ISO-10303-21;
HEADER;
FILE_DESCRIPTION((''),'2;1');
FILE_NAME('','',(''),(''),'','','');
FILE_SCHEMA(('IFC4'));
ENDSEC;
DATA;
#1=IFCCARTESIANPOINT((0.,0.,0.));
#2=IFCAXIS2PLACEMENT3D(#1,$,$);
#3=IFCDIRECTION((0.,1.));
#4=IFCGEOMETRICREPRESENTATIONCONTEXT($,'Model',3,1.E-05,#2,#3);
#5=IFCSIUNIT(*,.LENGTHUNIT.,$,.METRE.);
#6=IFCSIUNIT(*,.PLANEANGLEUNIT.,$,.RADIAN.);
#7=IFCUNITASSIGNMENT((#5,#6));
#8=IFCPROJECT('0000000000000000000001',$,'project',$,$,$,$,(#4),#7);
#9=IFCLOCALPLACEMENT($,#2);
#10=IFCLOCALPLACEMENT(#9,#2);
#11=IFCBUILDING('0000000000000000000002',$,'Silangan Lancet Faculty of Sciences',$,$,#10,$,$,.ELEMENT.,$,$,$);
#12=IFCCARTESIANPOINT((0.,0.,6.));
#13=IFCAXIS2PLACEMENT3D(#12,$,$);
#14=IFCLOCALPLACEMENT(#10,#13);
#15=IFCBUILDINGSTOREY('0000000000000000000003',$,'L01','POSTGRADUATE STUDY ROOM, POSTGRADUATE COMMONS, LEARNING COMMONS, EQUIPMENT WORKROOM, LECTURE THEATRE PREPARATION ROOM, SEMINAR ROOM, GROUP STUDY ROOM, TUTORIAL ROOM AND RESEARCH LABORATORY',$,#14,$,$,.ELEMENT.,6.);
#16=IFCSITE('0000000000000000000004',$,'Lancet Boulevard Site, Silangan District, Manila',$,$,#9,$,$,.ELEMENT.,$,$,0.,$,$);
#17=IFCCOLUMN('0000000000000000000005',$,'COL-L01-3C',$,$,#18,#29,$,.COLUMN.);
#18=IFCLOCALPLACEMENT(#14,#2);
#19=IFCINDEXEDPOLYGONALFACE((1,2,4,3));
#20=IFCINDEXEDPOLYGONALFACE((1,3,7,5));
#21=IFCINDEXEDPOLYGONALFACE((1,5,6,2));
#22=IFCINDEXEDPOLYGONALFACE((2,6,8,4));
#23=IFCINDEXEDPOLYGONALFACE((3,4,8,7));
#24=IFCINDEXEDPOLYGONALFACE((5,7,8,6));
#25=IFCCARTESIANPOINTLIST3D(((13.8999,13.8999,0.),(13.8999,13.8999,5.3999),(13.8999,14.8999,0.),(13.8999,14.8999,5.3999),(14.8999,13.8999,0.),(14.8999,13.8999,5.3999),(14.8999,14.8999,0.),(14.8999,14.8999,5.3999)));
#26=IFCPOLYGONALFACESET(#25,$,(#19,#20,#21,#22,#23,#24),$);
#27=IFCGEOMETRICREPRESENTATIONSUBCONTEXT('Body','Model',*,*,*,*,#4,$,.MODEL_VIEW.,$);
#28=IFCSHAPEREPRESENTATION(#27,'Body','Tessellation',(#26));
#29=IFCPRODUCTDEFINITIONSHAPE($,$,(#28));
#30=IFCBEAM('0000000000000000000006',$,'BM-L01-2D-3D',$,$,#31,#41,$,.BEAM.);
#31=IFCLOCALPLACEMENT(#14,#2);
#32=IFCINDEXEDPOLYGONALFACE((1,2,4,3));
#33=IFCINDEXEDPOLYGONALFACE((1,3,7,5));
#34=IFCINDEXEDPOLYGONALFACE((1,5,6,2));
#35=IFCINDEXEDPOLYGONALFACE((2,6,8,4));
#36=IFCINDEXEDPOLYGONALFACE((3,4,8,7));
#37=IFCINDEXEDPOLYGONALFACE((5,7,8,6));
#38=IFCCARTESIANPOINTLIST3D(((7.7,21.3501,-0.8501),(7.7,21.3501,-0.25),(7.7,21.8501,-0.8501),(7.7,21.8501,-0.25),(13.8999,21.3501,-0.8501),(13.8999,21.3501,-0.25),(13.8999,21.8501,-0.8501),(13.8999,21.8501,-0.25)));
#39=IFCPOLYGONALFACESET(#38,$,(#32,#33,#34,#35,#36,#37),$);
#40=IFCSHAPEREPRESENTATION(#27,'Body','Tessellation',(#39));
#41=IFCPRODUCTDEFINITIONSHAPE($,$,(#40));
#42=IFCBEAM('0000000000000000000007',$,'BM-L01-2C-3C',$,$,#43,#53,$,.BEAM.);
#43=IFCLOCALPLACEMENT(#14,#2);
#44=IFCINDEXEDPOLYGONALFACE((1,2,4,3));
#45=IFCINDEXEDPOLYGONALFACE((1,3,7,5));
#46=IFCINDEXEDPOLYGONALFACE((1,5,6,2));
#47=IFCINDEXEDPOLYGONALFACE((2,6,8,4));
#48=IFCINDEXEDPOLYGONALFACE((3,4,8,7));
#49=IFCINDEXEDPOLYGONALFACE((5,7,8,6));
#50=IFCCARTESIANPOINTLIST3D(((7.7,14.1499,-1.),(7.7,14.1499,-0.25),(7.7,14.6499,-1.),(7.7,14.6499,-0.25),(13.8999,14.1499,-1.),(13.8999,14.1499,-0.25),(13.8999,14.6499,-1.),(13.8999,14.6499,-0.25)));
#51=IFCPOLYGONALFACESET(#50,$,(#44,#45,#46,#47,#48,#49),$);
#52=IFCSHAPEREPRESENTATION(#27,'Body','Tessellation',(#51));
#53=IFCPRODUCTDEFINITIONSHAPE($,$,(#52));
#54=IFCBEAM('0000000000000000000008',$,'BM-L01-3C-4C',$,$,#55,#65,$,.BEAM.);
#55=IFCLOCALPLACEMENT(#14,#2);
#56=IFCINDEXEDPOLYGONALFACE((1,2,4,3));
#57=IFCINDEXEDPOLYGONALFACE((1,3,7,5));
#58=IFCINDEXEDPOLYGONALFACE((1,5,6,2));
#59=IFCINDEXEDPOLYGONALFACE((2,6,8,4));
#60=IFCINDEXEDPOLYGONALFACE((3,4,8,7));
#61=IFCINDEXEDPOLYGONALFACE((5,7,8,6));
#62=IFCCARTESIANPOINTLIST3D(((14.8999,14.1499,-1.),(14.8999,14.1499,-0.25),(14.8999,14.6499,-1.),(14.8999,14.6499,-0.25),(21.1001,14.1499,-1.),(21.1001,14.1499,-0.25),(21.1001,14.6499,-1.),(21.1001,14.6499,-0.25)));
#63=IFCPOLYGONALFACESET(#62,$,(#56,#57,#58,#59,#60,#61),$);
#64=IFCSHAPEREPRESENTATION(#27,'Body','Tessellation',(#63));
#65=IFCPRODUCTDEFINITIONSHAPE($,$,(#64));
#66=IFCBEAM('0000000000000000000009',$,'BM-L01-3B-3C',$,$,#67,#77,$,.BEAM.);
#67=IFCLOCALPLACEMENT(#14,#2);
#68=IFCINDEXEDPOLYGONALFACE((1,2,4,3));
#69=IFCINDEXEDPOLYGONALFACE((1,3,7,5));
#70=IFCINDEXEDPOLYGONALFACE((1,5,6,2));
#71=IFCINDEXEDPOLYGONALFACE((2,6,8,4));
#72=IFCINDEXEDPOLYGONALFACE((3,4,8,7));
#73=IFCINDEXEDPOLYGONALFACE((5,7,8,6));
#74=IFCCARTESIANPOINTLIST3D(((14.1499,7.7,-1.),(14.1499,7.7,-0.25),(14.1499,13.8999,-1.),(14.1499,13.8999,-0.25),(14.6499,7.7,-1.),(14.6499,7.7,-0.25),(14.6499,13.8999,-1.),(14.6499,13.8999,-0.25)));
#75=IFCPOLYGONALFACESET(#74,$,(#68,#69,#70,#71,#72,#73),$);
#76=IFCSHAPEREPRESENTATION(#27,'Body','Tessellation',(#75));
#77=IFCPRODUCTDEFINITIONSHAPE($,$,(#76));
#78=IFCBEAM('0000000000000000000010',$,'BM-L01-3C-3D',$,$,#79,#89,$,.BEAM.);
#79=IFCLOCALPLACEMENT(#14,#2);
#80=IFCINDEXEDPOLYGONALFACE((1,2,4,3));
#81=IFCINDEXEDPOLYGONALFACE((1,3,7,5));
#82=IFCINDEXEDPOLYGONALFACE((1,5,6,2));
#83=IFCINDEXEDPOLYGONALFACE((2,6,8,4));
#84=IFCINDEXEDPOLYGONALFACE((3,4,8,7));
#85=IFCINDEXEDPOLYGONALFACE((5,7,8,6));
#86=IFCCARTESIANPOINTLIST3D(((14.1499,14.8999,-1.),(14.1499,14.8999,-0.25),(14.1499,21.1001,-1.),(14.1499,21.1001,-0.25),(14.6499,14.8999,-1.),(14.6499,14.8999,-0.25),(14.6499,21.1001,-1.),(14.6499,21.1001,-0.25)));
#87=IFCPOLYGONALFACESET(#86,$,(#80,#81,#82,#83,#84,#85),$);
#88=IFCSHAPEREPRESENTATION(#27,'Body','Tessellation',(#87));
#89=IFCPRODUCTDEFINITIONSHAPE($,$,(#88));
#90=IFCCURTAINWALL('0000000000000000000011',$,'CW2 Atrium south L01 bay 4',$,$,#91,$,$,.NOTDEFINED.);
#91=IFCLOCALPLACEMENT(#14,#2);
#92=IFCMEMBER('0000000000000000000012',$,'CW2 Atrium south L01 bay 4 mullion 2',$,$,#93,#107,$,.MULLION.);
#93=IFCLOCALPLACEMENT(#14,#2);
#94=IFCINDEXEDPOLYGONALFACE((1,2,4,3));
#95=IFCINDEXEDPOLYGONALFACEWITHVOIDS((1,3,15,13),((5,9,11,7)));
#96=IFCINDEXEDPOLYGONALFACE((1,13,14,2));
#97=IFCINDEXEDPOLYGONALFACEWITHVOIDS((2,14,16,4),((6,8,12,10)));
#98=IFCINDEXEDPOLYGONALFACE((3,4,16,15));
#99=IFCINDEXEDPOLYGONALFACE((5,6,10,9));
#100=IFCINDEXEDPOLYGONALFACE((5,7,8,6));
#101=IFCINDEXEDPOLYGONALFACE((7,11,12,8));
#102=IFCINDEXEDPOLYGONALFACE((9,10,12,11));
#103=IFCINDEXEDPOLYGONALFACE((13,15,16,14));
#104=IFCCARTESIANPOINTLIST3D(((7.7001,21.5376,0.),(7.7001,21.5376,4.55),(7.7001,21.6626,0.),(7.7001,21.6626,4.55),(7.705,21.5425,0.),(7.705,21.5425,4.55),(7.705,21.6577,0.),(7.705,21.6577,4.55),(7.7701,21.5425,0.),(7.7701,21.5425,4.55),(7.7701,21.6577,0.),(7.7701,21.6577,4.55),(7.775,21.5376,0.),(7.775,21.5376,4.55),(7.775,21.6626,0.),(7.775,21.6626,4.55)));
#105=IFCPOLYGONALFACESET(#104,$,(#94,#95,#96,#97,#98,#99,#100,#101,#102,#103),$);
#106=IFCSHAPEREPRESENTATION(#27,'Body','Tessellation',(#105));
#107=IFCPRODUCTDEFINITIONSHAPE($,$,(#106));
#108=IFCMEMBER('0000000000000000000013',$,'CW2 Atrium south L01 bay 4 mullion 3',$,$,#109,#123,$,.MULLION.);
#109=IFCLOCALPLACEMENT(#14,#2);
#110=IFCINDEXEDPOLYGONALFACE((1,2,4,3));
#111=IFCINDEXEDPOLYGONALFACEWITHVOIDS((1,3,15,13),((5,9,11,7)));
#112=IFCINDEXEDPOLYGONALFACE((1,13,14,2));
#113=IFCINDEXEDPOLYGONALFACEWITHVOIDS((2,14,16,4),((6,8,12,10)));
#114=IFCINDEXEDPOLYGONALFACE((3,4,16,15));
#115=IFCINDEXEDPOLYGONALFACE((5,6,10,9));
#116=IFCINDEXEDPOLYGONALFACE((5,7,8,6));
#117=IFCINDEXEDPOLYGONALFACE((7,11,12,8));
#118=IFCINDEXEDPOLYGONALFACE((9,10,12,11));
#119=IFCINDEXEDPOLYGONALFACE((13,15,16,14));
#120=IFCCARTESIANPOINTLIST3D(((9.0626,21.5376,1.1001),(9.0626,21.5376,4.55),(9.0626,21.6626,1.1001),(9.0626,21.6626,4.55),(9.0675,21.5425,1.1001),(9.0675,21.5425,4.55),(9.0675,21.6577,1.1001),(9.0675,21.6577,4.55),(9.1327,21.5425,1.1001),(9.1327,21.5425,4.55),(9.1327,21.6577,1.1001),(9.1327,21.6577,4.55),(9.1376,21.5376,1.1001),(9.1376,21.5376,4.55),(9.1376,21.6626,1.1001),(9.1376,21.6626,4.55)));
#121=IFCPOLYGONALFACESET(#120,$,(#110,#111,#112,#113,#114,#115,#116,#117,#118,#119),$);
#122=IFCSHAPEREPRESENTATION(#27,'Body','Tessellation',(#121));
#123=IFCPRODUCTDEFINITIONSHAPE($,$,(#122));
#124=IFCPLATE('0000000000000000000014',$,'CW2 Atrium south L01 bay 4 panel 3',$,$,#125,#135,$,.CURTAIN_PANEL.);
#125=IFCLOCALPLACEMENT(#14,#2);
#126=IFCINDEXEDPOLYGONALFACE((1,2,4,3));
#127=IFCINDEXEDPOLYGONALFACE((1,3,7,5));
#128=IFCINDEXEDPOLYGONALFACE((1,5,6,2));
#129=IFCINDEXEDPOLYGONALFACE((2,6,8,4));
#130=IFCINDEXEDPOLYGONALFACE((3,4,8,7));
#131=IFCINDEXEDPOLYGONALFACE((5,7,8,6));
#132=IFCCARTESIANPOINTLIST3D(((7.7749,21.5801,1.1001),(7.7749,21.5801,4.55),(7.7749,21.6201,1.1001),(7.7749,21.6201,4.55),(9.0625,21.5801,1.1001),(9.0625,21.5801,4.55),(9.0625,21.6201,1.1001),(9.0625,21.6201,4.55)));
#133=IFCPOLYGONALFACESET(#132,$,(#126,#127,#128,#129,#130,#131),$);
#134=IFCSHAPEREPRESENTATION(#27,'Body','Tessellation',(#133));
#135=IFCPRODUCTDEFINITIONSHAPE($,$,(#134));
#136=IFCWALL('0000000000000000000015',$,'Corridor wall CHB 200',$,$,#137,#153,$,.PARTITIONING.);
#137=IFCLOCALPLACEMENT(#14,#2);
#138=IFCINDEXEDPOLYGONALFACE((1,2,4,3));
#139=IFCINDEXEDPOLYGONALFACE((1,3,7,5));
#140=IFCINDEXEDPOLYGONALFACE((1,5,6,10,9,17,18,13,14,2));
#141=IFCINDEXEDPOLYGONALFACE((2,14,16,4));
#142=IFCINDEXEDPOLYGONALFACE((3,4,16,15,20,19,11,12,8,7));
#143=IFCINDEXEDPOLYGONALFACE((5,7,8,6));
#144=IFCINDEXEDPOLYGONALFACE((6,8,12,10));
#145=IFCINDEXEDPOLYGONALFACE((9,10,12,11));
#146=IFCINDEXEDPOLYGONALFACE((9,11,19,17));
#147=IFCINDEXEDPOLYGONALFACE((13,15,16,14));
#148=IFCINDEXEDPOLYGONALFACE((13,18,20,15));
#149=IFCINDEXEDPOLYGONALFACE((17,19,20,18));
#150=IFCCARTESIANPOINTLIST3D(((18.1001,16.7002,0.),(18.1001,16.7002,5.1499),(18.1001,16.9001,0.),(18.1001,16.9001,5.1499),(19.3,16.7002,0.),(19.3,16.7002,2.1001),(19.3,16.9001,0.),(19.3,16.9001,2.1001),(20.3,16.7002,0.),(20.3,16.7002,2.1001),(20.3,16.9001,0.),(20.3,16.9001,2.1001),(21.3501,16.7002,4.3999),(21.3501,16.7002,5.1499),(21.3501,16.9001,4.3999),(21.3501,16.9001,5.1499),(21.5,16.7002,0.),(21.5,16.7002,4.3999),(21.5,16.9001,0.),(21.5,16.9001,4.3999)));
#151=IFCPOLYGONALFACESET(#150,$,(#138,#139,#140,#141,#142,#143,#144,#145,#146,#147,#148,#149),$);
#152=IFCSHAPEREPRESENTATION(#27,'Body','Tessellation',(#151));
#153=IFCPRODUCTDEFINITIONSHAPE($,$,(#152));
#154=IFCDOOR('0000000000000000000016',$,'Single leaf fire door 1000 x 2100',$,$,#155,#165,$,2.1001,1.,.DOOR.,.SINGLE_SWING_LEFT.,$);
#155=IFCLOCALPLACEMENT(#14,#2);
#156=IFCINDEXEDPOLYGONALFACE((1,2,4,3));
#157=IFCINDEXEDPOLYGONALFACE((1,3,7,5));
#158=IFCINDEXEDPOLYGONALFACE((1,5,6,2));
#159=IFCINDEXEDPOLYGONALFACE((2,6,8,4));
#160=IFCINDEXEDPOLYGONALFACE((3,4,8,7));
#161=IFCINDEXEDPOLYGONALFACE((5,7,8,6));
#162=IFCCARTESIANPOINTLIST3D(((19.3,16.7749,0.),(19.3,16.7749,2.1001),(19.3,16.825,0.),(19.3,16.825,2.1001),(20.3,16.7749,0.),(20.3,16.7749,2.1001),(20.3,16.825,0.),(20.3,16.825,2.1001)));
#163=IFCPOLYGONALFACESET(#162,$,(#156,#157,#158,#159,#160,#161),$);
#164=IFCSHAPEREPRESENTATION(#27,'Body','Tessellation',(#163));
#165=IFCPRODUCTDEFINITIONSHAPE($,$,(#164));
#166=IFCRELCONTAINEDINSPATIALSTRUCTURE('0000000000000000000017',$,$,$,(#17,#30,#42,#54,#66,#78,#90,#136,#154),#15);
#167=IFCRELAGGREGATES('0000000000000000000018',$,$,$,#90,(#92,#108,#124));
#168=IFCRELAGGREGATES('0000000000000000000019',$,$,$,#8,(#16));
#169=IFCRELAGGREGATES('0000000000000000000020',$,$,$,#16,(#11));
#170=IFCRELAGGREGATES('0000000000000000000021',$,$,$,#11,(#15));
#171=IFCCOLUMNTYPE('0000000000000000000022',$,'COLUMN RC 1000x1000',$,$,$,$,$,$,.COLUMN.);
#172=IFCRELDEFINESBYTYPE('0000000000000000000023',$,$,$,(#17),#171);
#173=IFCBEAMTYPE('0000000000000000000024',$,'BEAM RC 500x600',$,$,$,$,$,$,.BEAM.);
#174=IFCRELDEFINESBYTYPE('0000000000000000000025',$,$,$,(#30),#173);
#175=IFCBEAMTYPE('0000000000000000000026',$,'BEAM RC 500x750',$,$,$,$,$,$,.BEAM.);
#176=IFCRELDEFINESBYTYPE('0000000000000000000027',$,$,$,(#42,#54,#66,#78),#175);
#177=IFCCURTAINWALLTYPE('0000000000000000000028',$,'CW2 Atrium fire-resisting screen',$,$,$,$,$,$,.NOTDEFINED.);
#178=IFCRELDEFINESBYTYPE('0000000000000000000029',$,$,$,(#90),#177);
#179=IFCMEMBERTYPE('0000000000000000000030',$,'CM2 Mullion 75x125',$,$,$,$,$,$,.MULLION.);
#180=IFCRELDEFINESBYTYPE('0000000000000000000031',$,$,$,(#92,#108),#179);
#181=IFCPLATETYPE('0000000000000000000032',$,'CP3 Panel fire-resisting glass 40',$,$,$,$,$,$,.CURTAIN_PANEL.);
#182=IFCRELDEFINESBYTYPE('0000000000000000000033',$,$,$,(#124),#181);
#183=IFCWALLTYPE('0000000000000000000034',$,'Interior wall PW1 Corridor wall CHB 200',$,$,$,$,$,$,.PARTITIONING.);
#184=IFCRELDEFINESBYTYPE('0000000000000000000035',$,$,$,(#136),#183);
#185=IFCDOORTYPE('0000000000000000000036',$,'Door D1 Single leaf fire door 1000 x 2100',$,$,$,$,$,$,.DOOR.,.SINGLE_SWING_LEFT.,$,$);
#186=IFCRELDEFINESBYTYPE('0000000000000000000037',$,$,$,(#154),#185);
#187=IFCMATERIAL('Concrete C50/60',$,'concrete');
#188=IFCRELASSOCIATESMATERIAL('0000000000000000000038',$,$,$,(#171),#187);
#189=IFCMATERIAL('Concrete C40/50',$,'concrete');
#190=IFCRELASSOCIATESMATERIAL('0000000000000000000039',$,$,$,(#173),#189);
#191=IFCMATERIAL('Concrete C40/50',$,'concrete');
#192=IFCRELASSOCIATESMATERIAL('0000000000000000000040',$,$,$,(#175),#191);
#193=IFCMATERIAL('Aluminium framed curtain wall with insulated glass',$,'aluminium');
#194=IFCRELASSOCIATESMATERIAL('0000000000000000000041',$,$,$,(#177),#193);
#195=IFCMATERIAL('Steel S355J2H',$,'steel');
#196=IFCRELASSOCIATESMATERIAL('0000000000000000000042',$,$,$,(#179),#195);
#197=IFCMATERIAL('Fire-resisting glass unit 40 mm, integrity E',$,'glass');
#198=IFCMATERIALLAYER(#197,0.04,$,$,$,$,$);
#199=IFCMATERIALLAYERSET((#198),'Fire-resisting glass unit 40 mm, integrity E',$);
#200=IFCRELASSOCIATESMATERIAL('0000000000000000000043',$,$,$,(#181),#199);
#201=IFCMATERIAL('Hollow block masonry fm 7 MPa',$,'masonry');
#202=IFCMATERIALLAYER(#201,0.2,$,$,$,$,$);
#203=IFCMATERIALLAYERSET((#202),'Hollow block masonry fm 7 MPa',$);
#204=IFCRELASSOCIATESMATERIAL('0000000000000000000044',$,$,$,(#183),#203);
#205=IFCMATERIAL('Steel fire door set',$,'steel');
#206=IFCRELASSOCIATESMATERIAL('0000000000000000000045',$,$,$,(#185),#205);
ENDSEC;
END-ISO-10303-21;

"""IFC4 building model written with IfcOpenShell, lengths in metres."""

from ifc_helpers import new_model, si_unit, direction, frame, frame_2d, origin, origin_2d, place, context, subcontext, project, spatial, polyline, rectangle, hollow_rectangle, outline, extrude, material, layer, layer_set, material_profile, profile_set, type_object, element, fill, aggregate, save


model = new_model("IFC4")

# Units and contexts
model_context = context("Model", 3, precision=1e-05, world=origin(), true_north=direction((0.0, 1.0)))
body_context = subcontext(model_context, "Body", "Model", "MODEL_VIEW")
ifc_project = project(units=[si_unit("LENGTHUNIT", "METRE"), si_unit("PLANEANGLEUNIT", "RADIAN")], contexts=[model_context])

# Site, building, storey
site_placement = place(None, origin())
site = spatial("IfcSite", under=ifc_project, at=site_placement, Name="Lancet Boulevard Site, Silangan District, Manila", CompositionType="ELEMENT", RefElevation=0.0)
building_placement = place(site_placement, origin())
building = spatial("IfcBuilding", under=site, at=building_placement, Name="Silangan Lancet Faculty of Sciences", CompositionType="ELEMENT")
storey_placement = place(building_placement, frame((0.0, 0.0, 6.0)))
storey = spatial("IfcBuildingStorey", under=building, at=storey_placement, Name="L01", Description="POSTGRADUATE STUDY ROOM, POSTGRADUATE COMMONS, LEARNING COMMONS, EQUIPMENT WORKROOM, LECTURE THEATRE PREPARATION ROOM, SEMINAR ROOM, GROUP STUDY ROOM, TUTORIAL ROOM AND RESEARCH LABORATORY", CompositionType="ELEMENT", Elevation=6.0)

# Column
ifc_material_1 = material(Name="Concrete C50/60", Category="concrete")
ifc_material_profile_1 = material_profile(ifc_material_1, rectangle(XDim=1.0, YDim=1.0, at=origin_2d()), Name="RC 1000x1000")
ifc_profile_set_1 = profile_set([ifc_material_profile_1], Name="Concrete C50/60")
column_type = type_object("IfcColumnType", Name="COLUMN RC 1000x1000", PredefinedType="COLUMN", material=ifc_profile_set_1)
column_placement = place(storey_placement, frame((14.3999, 14.3999, 0.0), z_axis=(0.0, 0.0, 1.0), x_axis=(1.0, 0.0, 0.0)))
element("IfcColumn", 1, at=column_placement, inside=storey, type_object=column_type, Name="COL-L01-3C", PredefinedType="COLUMN", context=body_context, shape_type="SweptSolid", body=[
    extrude(rectangle(XDim=1.0, YDim=1.0, at=origin_2d()), origin(), (0.0, 0.0, 1.0), 5.3999),
])

# Beams
ifc_material_2 = material(Name="Concrete C40/50", Category="concrete")
ifc_material_profile_2 = material_profile(ifc_material_2, rectangle(XDim=0.5, YDim=0.6001, at=origin_2d()), Name="RC 500x600")
ifc_profile_set_2 = profile_set([ifc_material_profile_2], Name="Concrete C40/50")
beam_type_1 = type_object("IfcBeamType", Name="BEAM RC 500x600", PredefinedType="BEAM", material=ifc_profile_set_2)
beam_1_placement = place(storey_placement, frame((7.7, 21.6001, -0.55), z_axis=(1.0, 0.0, 0.0), x_axis=(0.0, 1.0, 0.0)))
element("IfcBeam", 2, at=beam_1_placement, inside=storey, type_object=beam_type_1, Name="BM-L01-2D-3D", PredefinedType="BEAM", context=body_context, shape_type="SweptSolid", body=[
    extrude(rectangle(XDim=0.5, YDim=0.6001, at=origin_2d()), origin(), (0.0, 0.0, 1.0), 6.2),
])
ifc_material_3 = material(Name="Concrete C40/50", Category="concrete")
ifc_material_profile_3 = material_profile(ifc_material_3, rectangle(XDim=0.5, YDim=0.75, at=origin_2d()), Name="RC 500x750")
ifc_profile_set_3 = profile_set([ifc_material_profile_3], Name="Concrete C40/50")
beam_type_2 = type_object("IfcBeamType", Name="BEAM RC 500x750", PredefinedType="BEAM", material=ifc_profile_set_3)
beam_2_placement = place(storey_placement, frame((7.7, 14.3999, -0.625), z_axis=(1.0, 0.0, 0.0), x_axis=(0.0, 1.0, 0.0)))
element("IfcBeam", 3, at=beam_2_placement, inside=storey, type_object=beam_type_2, Name="BM-L01-2C-3C", PredefinedType="BEAM", context=body_context, shape_type="SweptSolid", body=[
    extrude(rectangle(XDim=0.5, YDim=0.75, at=origin_2d()), origin(), (0.0, 0.0, 1.0), 6.2),
])
beam_3_placement = place(storey_placement, frame((14.8999, 14.3999, -0.625), z_axis=(1.0, 0.0, 0.0), x_axis=(0.0, 1.0, 0.0)))
element("IfcBeam", 4, at=beam_3_placement, inside=storey, type_object=beam_type_2, Name="BM-L01-3C-4C", PredefinedType="BEAM", context=body_context, shape_type="SweptSolid", body=[
    extrude(rectangle(XDim=0.5, YDim=0.75, at=origin_2d()), origin(), (0.0, 0.0, 1.0), 6.2002),
])
beam_4_placement = place(storey_placement, frame((14.3999, 7.7, -0.625), z_axis=(0.0, 1.0, 0.0), x_axis=(-1.0, 0.0, 0.0)))
element("IfcBeam", 5, at=beam_4_placement, inside=storey, type_object=beam_type_2, Name="BM-L01-3B-3C", PredefinedType="BEAM", context=body_context, shape_type="SweptSolid", body=[
    extrude(rectangle(XDim=0.5, YDim=0.75, at=origin_2d()), origin(), (0.0, 0.0, 1.0), 6.2),
])
beam_5_placement = place(storey_placement, frame((14.3999, 14.8999, -0.625), z_axis=(0.0, 1.0, 0.0), x_axis=(-1.0, 0.0, 0.0)))
element("IfcBeam", 6, at=beam_5_placement, inside=storey, type_object=beam_type_2, Name="BM-L01-3C-3D", PredefinedType="BEAM", context=body_context, shape_type="SweptSolid", body=[
    extrude(rectangle(XDim=0.5, YDim=0.75, at=origin_2d()), origin(), (0.0, 0.0, 1.0), 6.2002),
])

# Curtain wall, members, plate
ifc_material_4 = material(Name="Aluminium framed curtain wall with insulated glass", Category="aluminium")
curtain_wall_type = type_object("IfcCurtainWallType", Name="CW2 Atrium fire-resisting screen", PredefinedType="NOTDEFINED", material=ifc_material_4)
curtain_wall_placement = place(storey_placement, origin())
curtain_wall = element("IfcCurtainWall", 7, at=curtain_wall_placement, inside=storey, type_object=curtain_wall_type, Name="CW2 Atrium south L01 bay 4", PredefinedType="NOTDEFINED")
ifc_material_5 = material(Name="Steel S355J2H", Category="steel")
ifc_material_profile_4 = material_profile(ifc_material_5, hollow_rectangle(XDim=0.075, YDim=0.125, WallThickness=0.0049, at=origin_2d()), Name="ST BOX 75x125x5")
ifc_profile_set_4 = profile_set([ifc_material_profile_4], Name="Steel S355J2H")
member_type = type_object("IfcMemberType", Name="CM2 Mullion 75x125", PredefinedType="MULLION", material=ifc_profile_set_4)
member_1_placement = place(storey_placement, frame((7.7375, 21.6001, 0.0), z_axis=(0.0, 0.0, 1.0), x_axis=(-1.0, 0.0, 0.0)))
member_1 = element("IfcMember", 8, at=member_1_placement, type_object=member_type, Name="CW2 Atrium south L01 bay 4 mullion 2", PredefinedType="MULLION", context=body_context, shape_type="SweptSolid", body=[
    extrude(hollow_rectangle(XDim=0.075, YDim=0.125, WallThickness=0.0049, at=origin_2d()), origin(), (0.0, 0.0, 1.0), 4.55),
])
member_2_placement = place(storey_placement, frame((9.1001, 21.6001, 1.1001), z_axis=(0.0, 0.0, 1.0), x_axis=(-1.0, 0.0, 0.0)))
member_2 = element("IfcMember", 9, at=member_2_placement, type_object=member_type, Name="CW2 Atrium south L01 bay 4 mullion 3", PredefinedType="MULLION", context=body_context, shape_type="SweptSolid", body=[
    extrude(hollow_rectangle(XDim=0.075, YDim=0.125, WallThickness=0.0049, at=origin_2d()), origin(), (0.0, 0.0, 1.0), 3.45),
])
ifc_material_6 = material(Name="Fire-resisting glass unit 40 mm, integrity E", Category="glass")
ifc_layer_1 = layer(ifc_material_6, 0.04)
ifc_layer_set_1 = layer_set([ifc_layer_1], Name="Fire-resisting glass unit 40 mm, integrity E")
plate_type = type_object("IfcPlateType", Name="CP3 Panel fire-resisting glass 40", PredefinedType="CURTAIN_PANEL", material=ifc_layer_set_1)
plate_placement = place(storey_placement, frame((8.4187, 21.6001, 1.1001), z_axis=(0.0, 0.0, 1.0), x_axis=(-1.0, 0.0, 0.0)))
plate = element("IfcPlate", 10, at=plate_placement, type_object=plate_type, Name="CW2 Atrium south L01 bay 4 panel 3", PredefinedType="CURTAIN_PANEL", context=body_context, shape_type="SweptSolid", body=[
    extrude(rectangle(XDim=1.2876, YDim=0.04, at=origin_2d()), origin(), (0.0, 0.0, 1.0), 3.45),
])
aggregate(curtain_wall, [member_1, member_2, plate])

# Wall, opening, door
ifc_material_7 = material(Name="Hollow block masonry fm 7 MPa", Category="masonry")
ifc_layer_2 = layer(ifc_material_7, 0.2)
ifc_layer_set_2 = layer_set([ifc_layer_2], Name="Hollow block masonry fm 7 MPa")
wall_type_1 = type_object("IfcWallType", Name="Interior wall PW1 Corridor wall CHB 200", PredefinedType="PARTITIONING", material=ifc_layer_set_2)
wall_1_placement = place(storey_placement, frame((18.1001, 16.8, 0.0), z_axis=(0.0, 0.0, 1.0), x_axis=(1.0, 0.0, 0.0)))
wall_1 = element("IfcWall", 11, at=wall_1_placement, inside=storey, type_object=wall_type_1, Name="Corridor wall CHB 200", PredefinedType="PARTITIONING", context=body_context, shape_type="SweptSolid", body=[
    extrude(outline(polyline([(0.0, 0.0), (3.3999, 0.0), (3.3999, 4.3999), (3.25, 4.3999), (3.25, 5.1499), (0.0, 5.1499), (0.0, 0.0)])), frame((0.0, 0.1001, 0.0), z_axis=(0.0, -1.0, 0.0), x_axis=(1.0, 0.0, 0.0)), (0.0, 0.0, 1.0), 0.2),
])
opening_1_placement = place(wall_1_placement, frame((1.2, 0.0, 0.0)))
opening_1 = element("IfcOpeningElement", 12, at=opening_1_placement, cuts=wall_1, PredefinedType="OPENING", context=body_context, shape_type="SweptSolid", body=[
    extrude(rectangle(XDim=1.0, YDim=2.1001, at=frame_2d((0.5, 1.05))), frame((0.0, 0.1099, 0.0), z_axis=(0.0, -1.0, 0.0), x_axis=(1.0, 0.0, 0.0)), (0.0, 0.0, 1.0), 0.22),
])
ifc_material_8 = material(Name="Steel fire door set", Category="steel")
door_type_1 = type_object("IfcDoorType", Name="Door D1 Single leaf fire door 1000 x 2100", OperationType="SINGLE_SWING_LEFT", PredefinedType="DOOR", material=ifc_material_8)
door_1_placement = place(opening_1_placement, origin())
door_1 = element("IfcDoor", 13, at=door_1_placement, inside=storey, type_object=door_type_1, Name="Single leaf fire door 1000 x 2100", OperationType="SINGLE_SWING_LEFT", OverallHeight=2.1001, OverallWidth=1.0, PredefinedType="DOOR", context=body_context, shape_type="SweptSolid", body=[
    extrude(rectangle(XDim=1.0, YDim=2.1001, at=frame_2d((0.5, 1.05))), frame((0.0, 0.0249, 0.0), z_axis=(0.0, -1.0, 0.0), x_axis=(1.0, 0.0, 0.0)), (0.0, 0.0, 1.0), 0.05),
])
fill(opening_1, door_1)

save(model, "model.ifc")
